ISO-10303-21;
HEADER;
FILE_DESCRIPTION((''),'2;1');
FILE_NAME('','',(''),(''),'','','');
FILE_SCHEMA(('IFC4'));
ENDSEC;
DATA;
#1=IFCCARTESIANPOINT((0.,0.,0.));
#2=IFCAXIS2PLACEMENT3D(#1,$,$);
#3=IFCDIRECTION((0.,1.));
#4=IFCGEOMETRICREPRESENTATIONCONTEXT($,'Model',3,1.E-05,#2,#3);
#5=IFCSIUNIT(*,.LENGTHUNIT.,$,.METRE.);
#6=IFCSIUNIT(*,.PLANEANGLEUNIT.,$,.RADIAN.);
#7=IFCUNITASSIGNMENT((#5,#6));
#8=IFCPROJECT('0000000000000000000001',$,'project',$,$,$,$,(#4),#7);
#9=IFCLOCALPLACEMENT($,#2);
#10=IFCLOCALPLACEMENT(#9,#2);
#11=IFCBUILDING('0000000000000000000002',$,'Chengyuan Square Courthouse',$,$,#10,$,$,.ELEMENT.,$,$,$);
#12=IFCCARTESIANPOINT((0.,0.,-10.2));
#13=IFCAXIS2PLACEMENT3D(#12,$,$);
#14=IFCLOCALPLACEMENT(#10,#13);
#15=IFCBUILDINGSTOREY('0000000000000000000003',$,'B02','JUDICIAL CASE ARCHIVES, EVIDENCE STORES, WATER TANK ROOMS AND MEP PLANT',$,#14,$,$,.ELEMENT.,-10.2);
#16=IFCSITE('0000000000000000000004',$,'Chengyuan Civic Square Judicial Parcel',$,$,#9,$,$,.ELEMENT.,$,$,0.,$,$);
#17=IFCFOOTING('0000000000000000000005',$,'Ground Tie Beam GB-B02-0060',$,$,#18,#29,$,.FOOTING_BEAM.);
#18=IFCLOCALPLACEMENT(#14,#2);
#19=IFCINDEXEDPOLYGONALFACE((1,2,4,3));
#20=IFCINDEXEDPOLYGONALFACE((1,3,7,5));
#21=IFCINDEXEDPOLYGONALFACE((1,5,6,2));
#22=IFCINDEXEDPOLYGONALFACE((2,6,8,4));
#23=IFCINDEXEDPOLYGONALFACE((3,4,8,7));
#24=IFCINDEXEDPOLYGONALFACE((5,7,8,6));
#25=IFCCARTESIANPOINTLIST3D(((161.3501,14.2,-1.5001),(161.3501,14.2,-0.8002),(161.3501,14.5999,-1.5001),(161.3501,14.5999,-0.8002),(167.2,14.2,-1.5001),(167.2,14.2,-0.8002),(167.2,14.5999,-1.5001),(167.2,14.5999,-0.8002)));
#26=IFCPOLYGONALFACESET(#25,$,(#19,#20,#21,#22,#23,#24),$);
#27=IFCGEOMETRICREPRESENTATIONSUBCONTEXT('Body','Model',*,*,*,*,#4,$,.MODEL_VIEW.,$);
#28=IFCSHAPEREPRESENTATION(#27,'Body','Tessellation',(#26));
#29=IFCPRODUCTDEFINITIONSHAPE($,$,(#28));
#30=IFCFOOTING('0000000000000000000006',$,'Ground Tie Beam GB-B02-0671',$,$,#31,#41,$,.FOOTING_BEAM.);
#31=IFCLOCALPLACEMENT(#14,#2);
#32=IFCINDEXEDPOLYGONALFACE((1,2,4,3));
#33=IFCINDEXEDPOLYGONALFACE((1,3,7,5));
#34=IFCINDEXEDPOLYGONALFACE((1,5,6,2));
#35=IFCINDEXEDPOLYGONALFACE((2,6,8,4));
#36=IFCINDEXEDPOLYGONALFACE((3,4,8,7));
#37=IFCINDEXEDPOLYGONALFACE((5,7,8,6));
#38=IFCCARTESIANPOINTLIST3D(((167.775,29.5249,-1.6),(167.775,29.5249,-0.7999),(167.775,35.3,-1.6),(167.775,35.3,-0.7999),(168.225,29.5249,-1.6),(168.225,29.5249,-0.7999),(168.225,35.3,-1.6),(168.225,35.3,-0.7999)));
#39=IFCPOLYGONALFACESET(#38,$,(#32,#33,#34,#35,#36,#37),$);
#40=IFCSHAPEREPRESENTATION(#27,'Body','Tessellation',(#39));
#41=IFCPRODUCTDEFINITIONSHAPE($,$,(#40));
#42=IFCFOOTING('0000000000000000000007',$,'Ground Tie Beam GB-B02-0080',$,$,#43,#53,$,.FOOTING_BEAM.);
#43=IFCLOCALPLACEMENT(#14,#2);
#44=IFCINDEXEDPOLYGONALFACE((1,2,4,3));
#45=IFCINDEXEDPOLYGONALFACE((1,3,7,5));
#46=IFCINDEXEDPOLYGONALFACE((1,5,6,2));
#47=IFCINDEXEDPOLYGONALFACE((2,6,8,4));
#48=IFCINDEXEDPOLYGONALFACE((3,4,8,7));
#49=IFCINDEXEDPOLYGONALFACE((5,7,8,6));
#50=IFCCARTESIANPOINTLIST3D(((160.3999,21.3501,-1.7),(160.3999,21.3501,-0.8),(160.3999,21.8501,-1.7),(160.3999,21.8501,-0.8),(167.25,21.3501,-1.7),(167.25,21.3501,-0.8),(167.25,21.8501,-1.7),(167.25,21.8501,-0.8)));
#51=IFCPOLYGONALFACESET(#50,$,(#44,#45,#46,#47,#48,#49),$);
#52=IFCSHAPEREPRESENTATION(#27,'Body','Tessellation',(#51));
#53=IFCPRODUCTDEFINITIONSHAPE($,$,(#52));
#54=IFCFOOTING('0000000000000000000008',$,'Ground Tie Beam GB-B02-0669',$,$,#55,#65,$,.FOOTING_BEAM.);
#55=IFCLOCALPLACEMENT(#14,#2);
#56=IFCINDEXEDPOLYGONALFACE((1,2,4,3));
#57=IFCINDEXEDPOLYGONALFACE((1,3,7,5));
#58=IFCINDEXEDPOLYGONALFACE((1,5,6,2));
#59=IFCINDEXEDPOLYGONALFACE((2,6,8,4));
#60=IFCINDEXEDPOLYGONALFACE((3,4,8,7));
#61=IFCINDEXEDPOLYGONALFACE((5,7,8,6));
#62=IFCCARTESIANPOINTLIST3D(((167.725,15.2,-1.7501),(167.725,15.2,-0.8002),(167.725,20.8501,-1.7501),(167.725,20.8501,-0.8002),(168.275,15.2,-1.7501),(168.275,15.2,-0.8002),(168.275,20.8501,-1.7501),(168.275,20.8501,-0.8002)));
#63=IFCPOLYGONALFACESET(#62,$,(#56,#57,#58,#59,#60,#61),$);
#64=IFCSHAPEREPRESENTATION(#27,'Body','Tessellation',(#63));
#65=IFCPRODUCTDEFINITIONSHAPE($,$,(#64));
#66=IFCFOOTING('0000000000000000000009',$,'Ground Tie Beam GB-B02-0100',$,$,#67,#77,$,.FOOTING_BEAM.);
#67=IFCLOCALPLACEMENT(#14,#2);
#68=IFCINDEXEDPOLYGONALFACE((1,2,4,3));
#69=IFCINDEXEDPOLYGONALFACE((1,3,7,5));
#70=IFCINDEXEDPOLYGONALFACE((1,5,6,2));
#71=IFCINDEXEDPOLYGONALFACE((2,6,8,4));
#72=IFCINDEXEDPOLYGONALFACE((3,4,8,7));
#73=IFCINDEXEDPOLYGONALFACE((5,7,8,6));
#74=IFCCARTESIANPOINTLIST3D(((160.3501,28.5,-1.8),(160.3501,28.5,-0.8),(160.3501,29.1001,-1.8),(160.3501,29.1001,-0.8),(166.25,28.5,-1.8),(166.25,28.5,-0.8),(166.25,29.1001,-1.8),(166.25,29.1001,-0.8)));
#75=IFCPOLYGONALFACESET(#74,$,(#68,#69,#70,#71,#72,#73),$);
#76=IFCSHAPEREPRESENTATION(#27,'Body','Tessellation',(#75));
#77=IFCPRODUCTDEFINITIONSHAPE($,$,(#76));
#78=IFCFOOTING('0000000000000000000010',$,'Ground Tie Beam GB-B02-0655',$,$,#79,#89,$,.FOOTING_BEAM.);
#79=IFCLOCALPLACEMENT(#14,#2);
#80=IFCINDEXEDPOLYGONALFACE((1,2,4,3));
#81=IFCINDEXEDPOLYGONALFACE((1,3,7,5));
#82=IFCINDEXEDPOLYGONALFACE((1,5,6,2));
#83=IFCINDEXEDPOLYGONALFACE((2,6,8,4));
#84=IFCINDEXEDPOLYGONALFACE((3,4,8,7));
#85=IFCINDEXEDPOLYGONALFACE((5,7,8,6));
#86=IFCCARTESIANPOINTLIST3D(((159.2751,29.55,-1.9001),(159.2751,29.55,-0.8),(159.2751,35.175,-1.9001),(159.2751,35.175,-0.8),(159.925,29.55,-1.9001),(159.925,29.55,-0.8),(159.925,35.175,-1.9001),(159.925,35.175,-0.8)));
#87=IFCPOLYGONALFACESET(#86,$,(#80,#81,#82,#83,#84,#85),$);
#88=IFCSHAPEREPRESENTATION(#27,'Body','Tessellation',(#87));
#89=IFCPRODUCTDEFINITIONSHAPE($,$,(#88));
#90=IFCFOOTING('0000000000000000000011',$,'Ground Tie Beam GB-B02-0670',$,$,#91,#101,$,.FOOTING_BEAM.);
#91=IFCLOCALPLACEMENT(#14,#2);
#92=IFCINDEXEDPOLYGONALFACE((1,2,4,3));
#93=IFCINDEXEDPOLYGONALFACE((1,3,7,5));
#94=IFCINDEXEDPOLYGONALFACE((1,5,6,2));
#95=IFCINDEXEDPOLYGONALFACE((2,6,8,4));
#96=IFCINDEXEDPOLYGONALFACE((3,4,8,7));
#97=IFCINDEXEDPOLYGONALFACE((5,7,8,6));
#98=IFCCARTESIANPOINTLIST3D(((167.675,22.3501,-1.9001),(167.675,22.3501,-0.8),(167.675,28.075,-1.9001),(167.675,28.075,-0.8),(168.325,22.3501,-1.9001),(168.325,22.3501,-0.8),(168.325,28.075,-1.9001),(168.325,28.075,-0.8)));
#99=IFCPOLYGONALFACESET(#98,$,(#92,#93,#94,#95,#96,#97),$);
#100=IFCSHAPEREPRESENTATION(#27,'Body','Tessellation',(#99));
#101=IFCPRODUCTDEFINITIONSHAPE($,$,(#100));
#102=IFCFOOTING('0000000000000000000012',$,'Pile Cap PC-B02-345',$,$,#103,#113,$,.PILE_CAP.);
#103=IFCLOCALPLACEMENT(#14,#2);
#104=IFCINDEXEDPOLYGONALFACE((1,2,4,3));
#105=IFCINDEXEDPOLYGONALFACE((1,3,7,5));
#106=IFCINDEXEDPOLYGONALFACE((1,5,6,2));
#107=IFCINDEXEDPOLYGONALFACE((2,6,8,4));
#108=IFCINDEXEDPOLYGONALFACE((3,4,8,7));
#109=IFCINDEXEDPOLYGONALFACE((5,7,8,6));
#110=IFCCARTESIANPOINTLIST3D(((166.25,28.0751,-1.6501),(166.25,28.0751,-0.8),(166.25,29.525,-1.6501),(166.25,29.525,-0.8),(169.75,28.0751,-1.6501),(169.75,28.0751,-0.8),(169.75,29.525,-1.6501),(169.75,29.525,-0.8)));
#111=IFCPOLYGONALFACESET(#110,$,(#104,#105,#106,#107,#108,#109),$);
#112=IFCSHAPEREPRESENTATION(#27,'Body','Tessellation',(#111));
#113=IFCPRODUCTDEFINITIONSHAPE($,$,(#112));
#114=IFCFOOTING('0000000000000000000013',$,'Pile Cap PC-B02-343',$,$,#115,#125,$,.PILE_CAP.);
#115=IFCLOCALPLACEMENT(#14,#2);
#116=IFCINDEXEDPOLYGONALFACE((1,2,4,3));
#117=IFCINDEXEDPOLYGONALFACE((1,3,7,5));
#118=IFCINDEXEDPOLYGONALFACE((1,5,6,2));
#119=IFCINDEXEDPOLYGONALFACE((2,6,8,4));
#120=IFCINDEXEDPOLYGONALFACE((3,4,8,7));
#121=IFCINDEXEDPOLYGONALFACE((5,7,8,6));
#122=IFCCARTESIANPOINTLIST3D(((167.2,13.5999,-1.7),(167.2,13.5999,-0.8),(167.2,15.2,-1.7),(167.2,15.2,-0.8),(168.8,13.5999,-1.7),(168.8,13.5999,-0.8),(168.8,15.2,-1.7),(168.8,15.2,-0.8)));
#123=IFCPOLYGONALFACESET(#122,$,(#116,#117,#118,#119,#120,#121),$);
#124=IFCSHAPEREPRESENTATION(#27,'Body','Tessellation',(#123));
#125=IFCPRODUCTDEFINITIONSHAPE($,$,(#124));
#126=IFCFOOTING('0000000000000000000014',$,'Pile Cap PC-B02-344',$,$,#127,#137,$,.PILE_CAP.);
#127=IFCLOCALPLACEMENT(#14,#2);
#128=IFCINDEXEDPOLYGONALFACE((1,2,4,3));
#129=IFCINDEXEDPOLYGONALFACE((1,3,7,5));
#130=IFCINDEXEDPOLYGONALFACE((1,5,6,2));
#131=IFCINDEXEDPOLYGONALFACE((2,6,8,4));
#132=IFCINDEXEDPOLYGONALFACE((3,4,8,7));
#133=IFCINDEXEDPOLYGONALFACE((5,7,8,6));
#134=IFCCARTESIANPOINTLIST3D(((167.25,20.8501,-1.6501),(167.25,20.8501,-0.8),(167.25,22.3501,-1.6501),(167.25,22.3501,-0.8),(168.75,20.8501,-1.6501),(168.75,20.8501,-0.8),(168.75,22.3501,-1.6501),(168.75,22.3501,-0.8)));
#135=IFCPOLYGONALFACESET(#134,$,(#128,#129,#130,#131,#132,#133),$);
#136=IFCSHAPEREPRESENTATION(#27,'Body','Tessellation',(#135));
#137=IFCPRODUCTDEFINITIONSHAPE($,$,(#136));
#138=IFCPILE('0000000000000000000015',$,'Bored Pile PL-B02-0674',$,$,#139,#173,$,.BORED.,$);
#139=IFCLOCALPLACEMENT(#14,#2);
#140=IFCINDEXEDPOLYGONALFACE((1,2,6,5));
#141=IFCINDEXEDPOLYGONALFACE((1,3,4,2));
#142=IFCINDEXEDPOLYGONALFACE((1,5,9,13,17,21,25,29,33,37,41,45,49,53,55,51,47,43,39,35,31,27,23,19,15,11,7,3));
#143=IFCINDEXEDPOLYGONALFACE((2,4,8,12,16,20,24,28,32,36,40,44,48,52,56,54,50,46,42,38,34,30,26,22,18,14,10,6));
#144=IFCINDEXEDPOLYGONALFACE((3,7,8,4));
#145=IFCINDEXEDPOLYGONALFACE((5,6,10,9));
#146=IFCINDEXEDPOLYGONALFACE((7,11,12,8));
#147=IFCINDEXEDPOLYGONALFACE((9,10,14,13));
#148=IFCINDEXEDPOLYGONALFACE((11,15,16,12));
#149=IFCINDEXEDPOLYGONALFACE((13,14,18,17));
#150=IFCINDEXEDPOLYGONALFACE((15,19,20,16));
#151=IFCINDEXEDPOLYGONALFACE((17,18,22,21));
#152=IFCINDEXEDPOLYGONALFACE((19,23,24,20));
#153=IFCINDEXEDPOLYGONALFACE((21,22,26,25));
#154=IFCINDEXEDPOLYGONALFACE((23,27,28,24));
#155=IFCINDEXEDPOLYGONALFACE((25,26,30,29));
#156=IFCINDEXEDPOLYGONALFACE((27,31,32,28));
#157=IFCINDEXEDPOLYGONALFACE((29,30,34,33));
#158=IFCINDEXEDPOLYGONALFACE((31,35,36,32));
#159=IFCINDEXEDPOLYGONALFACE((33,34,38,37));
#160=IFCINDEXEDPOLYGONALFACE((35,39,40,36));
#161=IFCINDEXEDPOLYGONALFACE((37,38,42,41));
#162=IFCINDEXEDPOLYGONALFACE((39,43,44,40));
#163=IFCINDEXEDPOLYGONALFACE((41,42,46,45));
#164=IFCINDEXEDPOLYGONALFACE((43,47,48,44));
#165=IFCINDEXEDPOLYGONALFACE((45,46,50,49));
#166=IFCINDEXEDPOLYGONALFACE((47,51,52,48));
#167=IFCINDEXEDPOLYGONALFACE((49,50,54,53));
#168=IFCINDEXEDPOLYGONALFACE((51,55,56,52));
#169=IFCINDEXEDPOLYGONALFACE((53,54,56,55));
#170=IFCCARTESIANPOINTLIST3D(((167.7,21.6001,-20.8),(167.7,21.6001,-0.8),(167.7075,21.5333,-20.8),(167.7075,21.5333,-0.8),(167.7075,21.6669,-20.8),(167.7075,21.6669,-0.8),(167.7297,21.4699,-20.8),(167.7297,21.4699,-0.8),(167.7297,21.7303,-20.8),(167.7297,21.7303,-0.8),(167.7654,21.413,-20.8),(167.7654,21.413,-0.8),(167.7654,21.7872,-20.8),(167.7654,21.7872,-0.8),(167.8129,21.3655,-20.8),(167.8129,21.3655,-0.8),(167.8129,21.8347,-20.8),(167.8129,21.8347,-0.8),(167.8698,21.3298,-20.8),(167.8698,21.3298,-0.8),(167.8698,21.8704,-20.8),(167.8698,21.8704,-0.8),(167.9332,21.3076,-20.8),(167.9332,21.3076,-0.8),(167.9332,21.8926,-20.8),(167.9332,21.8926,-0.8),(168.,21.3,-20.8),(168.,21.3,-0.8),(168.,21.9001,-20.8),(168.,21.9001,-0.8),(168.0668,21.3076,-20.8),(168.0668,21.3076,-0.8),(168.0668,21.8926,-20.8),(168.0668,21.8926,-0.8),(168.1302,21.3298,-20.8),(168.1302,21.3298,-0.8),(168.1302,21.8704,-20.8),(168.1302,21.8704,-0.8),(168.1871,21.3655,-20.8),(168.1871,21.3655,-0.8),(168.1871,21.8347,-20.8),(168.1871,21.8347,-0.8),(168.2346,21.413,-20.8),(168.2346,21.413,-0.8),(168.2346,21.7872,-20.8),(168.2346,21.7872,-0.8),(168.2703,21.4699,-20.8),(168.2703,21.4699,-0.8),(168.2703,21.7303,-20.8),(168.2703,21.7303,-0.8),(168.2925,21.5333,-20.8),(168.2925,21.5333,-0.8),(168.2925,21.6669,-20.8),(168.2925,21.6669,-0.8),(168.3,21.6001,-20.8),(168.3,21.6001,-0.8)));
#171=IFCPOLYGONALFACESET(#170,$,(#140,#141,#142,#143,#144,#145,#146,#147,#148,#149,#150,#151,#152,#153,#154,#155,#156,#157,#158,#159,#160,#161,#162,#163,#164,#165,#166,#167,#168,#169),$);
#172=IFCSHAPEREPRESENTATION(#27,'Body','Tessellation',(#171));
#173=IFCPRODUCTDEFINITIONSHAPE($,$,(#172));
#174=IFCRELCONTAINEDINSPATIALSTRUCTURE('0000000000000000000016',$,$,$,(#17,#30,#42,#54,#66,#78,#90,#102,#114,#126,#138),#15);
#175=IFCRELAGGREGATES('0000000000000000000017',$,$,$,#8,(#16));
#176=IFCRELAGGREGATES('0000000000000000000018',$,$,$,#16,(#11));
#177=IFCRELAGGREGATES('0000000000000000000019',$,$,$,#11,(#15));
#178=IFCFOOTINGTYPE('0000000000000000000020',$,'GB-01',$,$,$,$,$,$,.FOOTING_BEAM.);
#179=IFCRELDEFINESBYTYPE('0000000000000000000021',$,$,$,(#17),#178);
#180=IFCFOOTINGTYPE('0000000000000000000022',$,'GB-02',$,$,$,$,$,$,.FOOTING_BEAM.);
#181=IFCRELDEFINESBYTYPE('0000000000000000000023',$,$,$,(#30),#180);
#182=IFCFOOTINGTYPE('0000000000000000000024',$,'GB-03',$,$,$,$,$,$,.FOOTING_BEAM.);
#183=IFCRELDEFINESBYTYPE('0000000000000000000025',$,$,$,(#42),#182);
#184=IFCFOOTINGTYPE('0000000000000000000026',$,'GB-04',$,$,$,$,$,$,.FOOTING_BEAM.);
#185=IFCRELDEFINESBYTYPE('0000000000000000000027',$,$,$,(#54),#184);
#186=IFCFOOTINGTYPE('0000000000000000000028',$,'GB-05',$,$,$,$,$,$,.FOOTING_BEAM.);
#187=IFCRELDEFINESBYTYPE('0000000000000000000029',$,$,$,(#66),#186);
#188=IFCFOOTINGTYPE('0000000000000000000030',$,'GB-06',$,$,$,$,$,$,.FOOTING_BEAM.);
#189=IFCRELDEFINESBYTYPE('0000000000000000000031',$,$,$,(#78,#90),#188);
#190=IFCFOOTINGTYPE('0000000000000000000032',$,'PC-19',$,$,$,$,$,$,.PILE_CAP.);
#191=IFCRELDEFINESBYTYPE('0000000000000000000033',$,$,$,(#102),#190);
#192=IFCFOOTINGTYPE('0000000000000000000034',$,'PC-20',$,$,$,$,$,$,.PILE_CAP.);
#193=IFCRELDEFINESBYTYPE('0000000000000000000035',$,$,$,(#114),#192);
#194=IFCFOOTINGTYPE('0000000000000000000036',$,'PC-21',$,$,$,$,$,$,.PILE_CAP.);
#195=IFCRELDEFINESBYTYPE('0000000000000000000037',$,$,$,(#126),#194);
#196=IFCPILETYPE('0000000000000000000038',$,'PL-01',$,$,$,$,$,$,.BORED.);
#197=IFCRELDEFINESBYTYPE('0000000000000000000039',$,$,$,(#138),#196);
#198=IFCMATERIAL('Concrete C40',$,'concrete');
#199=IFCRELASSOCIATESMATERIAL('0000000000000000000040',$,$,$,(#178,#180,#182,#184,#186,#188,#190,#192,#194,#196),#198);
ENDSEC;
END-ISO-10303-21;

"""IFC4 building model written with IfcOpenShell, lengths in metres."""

from ifc_helpers import new_model, si_unit, direction, frame, origin, origin_2d, place, context, subcontext, project, spatial, rectangle, circle, extrude, material, material_profile, profile_set, type_object, element, save


model = new_model("IFC4")

# Units and contexts
model_context = context("Model", 3, precision=1e-05, world=origin(), true_north=direction((0.0, 1.0)))
body_context = subcontext(model_context, "Body", "Model", "MODEL_VIEW")
ifc_project = project(units=[si_unit("LENGTHUNIT", "METRE"), si_unit("PLANEANGLEUNIT", "RADIAN")], contexts=[model_context])

# Site, building, storey
site_placement = place(None, origin())
site = spatial("IfcSite", under=ifc_project, at=site_placement, Name="Chengyuan Civic Square Judicial Parcel", CompositionType="ELEMENT", RefElevation=0.0)
building_placement = place(site_placement, origin())
building = spatial("IfcBuilding", under=site, at=building_placement, Name="Chengyuan Square Courthouse", CompositionType="ELEMENT")
storey_placement = place(building_placement, frame((0.0, 0.0, -10.2)))
storey = spatial("IfcBuildingStorey", under=building, at=storey_placement, Name="B02", Description="JUDICIAL CASE ARCHIVES, EVIDENCE STORES, WATER TANK ROOMS AND MEP PLANT", CompositionType="ELEMENT", Elevation=-10.2)

# Footings
ifc_material_1 = material(Name="Concrete C40", Category="concrete")
ifc_material_profile_1 = material_profile(ifc_material_1, rectangle(XDim=0.3999, YDim=0.7, at=origin_2d()), Name="GB-400x700")
ifc_profile_set_1 = profile_set([ifc_material_profile_1], Name="Concrete C40")
footing_type_1 = type_object("IfcFootingType", Name="GB-01", PredefinedType="FOOTING_BEAM", material=ifc_profile_set_1)
footing_1_placement = place(storey_placement, frame((161.3501, 14.3999, -1.1501), z_axis=(1.0, 0.0, 0.0), x_axis=(0.0, 1.0, 0.0)))
element("IfcFooting", 1, at=footing_1_placement, inside=storey, type_object=footing_type_1, Name="Ground Tie Beam GB-B02-0060", PredefinedType="FOOTING_BEAM", context=body_context, shape_type="SweptSolid", body=[
    extrude(rectangle(XDim=0.3999, YDim=0.7, at=origin_2d()), origin(), (0.0, 0.0, 1.0), 5.8499),
])
ifc_material_profile_2 = material_profile(ifc_material_1, rectangle(XDim=0.45, YDim=0.8, at=origin_2d()), Name="GB-450x800")
ifc_profile_set_2 = profile_set([ifc_material_profile_2], Name="Concrete C40")
footing_type_2 = type_object("IfcFootingType", Name="GB-02", PredefinedType="FOOTING_BEAM", material=ifc_profile_set_2)
footing_2_placement = place(storey_placement, frame((168.0, 29.5249, -1.2), z_axis=(0.0, 1.0, 0.0), x_axis=(-1.0, 0.0, 0.0)))
element("IfcFooting", 2, at=footing_2_placement, inside=storey, type_object=footing_type_2, Name="Ground Tie Beam GB-B02-0671", PredefinedType="FOOTING_BEAM", context=body_context, shape_type="SweptSolid", body=[
    extrude(rectangle(XDim=0.45, YDim=0.8, at=origin_2d()), origin(), (0.0, 0.0, 1.0), 5.7751),
])
ifc_material_profile_3 = material_profile(ifc_material_1, rectangle(XDim=0.5, YDim=0.8999, at=origin_2d()), Name="GB-500x900")
ifc_profile_set_3 = profile_set([ifc_material_profile_3], Name="Concrete C40")
footing_type_3 = type_object("IfcFootingType", Name="GB-03", PredefinedType="FOOTING_BEAM", material=ifc_profile_set_3)
footing_3_placement = place(storey_placement, frame((160.3999, 21.6001, -1.25), z_axis=(1.0, 0.0, 0.0), x_axis=(0.0, 1.0, 0.0)))
element("IfcFooting", 3, at=footing_3_placement, inside=storey, type_object=footing_type_3, Name="Ground Tie Beam GB-B02-0080", PredefinedType="FOOTING_BEAM", context=body_context, shape_type="SweptSolid", body=[
    extrude(rectangle(XDim=0.5, YDim=0.8999, at=origin_2d()), origin(), (0.0, 0.0, 1.0), 6.8501),
])
ifc_material_profile_4 = material_profile(ifc_material_1, rectangle(XDim=0.55, YDim=0.95, at=origin_2d()), Name="GB-550x950")
ifc_profile_set_4 = profile_set([ifc_material_profile_4], Name="Concrete C40")
footing_type_4 = type_object("IfcFootingType", Name="GB-04", PredefinedType="FOOTING_BEAM", material=ifc_profile_set_4)
footing_4_placement = place(storey_placement, frame((168.0, 15.2, -1.2751), z_axis=(0.0, 1.0, 0.0), x_axis=(-1.0, 0.0, 0.0)))
element("IfcFooting", 4, at=footing_4_placement, inside=storey, type_object=footing_type_4, Name="Ground Tie Beam GB-B02-0669", PredefinedType="FOOTING_BEAM", context=body_context, shape_type="SweptSolid", body=[
    extrude(rectangle(XDim=0.55, YDim=0.95, at=origin_2d()), origin(), (0.0, 0.0, 1.0), 5.6501),
])
ifc_material_profile_5 = material_profile(ifc_material_1, rectangle(XDim=0.6001, YDim=1.0, at=origin_2d()), Name="GB-600x1000")
ifc_profile_set_5 = profile_set([ifc_material_profile_5], Name="Concrete C40")
footing_type_5 = type_object("IfcFootingType", Name="GB-05", PredefinedType="FOOTING_BEAM", material=ifc_profile_set_5)
footing_5_placement = place(storey_placement, frame((160.3501, 28.8, -1.3), z_axis=(1.0, 0.0, 0.0), x_axis=(0.0, 1.0, 0.0)))
element("IfcFooting", 5, at=footing_5_placement, inside=storey, type_object=footing_type_5, Name="Ground Tie Beam GB-B02-0100", PredefinedType="FOOTING_BEAM", context=body_context, shape_type="SweptSolid", body=[
    extrude(rectangle(XDim=0.6001, YDim=1.0, at=origin_2d()), origin(), (0.0, 0.0, 1.0), 5.8999),
])
ifc_material_profile_6 = material_profile(ifc_material_1, rectangle(XDim=0.6499, YDim=1.1001, at=origin_2d()), Name="GB-650x1100")
ifc_profile_set_6 = profile_set([ifc_material_profile_6], Name="Concrete C40")
footing_type_6 = type_object("IfcFootingType", Name="GB-06", PredefinedType="FOOTING_BEAM", material=ifc_profile_set_6)
footing_6_placement = place(storey_placement, frame((159.6001, 29.55, -1.3501), z_axis=(0.0, 1.0, 0.0), x_axis=(-1.0, 0.0, 0.0)))
element("IfcFooting", 6, at=footing_6_placement, inside=storey, type_object=footing_type_6, Name="Ground Tie Beam GB-B02-0655", PredefinedType="FOOTING_BEAM", context=body_context, shape_type="SweptSolid", body=[
    extrude(rectangle(XDim=0.6499, YDim=1.1001, at=origin_2d()), origin(), (0.0, 0.0, 1.0), 5.625),
])
footing_7_placement = place(storey_placement, frame((168.0, 22.3501, -1.3501), z_axis=(0.0, 1.0, 0.0), x_axis=(-1.0, 0.0, 0.0)))
element("IfcFooting", 7, at=footing_7_placement, inside=storey, type_object=footing_type_6, Name="Ground Tie Beam GB-B02-0670", PredefinedType="FOOTING_BEAM", context=body_context, shape_type="SweptSolid", body=[
    extrude(rectangle(XDim=0.6499, YDim=1.1001, at=origin_2d()), origin(), (0.0, 0.0, 1.0), 5.7249),
])
footing_type_7 = type_object("IfcFootingType", Name="PC-19", PredefinedType="PILE_CAP", material=ifc_material_1)
footing_8_placement = place(storey_placement, frame((168.0, 28.8, -1.6501), z_axis=(0.0, 0.0, 1.0), x_axis=(1.0, 0.0, 0.0)))
element("IfcFooting", 8, at=footing_8_placement, inside=storey, type_object=footing_type_7, Name="Pile Cap PC-B02-345", PredefinedType="PILE_CAP", context=body_context, shape_type="SweptSolid", body=[
    extrude(rectangle(XDim=3.5, YDim=1.45, at=origin_2d()), origin(), (0.0, 0.0, 1.0), 0.8501),
])
footing_type_8 = type_object("IfcFootingType", Name="PC-20", PredefinedType="PILE_CAP", material=ifc_material_1)
footing_9_placement = place(storey_placement, frame((168.0, 14.3999, -1.7), z_axis=(0.0, 0.0, 1.0), x_axis=(1.0, 0.0, 0.0)))
element("IfcFooting", 9, at=footing_9_placement, inside=storey, type_object=footing_type_8, Name="Pile Cap PC-B02-343", PredefinedType="PILE_CAP", context=body_context, shape_type="SweptSolid", body=[
    extrude(rectangle(XDim=1.6001, YDim=1.6001, at=origin_2d()), origin(), (0.0, 0.0, 1.0), 0.8999),
])
footing_type_9 = type_object("IfcFootingType", Name="PC-21", PredefinedType="PILE_CAP", material=ifc_material_1)
footing_10_placement = place(storey_placement, frame((168.0, 21.6001, -1.6501), z_axis=(0.0, 0.0, 1.0), x_axis=(1.0, 0.0, 0.0)))
element("IfcFooting", 10, at=footing_10_placement, inside=storey, type_object=footing_type_9, Name="Pile Cap PC-B02-344", PredefinedType="PILE_CAP", context=body_context, shape_type="SweptSolid", body=[
    extrude(rectangle(XDim=1.5, YDim=1.5, at=origin_2d()), origin(), (0.0, 0.0, 1.0), 0.8501),
])

# Pile
ifc_material_profile_7 = material_profile(ifc_material_1, circle(Radius=0.3, at=origin_2d()), Name="BORED PILE D600")
ifc_profile_set_7 = profile_set([ifc_material_profile_7], Name="Concrete C40")
pile_type_1 = type_object("IfcPileType", Name="PL-01", PredefinedType="BORED", material=ifc_profile_set_7)
pile_placement = place(storey_placement, frame((168.0, 21.6001, -0.8), z_axis=(0.0, 0.0, -1.0), x_axis=(1.0, 0.0, 0.0)))
element("IfcPile", 11, at=pile_placement, inside=storey, type_object=pile_type_1, Name="Bored Pile PL-B02-0674", PredefinedType="BORED", context=body_context, shape_type="SweptSolid", body=[
    extrude(circle(Radius=0.3, at=origin_2d()), origin(), (0.0, 0.0, 1.0), 20.0),
])

save(model, "model.ifc")
